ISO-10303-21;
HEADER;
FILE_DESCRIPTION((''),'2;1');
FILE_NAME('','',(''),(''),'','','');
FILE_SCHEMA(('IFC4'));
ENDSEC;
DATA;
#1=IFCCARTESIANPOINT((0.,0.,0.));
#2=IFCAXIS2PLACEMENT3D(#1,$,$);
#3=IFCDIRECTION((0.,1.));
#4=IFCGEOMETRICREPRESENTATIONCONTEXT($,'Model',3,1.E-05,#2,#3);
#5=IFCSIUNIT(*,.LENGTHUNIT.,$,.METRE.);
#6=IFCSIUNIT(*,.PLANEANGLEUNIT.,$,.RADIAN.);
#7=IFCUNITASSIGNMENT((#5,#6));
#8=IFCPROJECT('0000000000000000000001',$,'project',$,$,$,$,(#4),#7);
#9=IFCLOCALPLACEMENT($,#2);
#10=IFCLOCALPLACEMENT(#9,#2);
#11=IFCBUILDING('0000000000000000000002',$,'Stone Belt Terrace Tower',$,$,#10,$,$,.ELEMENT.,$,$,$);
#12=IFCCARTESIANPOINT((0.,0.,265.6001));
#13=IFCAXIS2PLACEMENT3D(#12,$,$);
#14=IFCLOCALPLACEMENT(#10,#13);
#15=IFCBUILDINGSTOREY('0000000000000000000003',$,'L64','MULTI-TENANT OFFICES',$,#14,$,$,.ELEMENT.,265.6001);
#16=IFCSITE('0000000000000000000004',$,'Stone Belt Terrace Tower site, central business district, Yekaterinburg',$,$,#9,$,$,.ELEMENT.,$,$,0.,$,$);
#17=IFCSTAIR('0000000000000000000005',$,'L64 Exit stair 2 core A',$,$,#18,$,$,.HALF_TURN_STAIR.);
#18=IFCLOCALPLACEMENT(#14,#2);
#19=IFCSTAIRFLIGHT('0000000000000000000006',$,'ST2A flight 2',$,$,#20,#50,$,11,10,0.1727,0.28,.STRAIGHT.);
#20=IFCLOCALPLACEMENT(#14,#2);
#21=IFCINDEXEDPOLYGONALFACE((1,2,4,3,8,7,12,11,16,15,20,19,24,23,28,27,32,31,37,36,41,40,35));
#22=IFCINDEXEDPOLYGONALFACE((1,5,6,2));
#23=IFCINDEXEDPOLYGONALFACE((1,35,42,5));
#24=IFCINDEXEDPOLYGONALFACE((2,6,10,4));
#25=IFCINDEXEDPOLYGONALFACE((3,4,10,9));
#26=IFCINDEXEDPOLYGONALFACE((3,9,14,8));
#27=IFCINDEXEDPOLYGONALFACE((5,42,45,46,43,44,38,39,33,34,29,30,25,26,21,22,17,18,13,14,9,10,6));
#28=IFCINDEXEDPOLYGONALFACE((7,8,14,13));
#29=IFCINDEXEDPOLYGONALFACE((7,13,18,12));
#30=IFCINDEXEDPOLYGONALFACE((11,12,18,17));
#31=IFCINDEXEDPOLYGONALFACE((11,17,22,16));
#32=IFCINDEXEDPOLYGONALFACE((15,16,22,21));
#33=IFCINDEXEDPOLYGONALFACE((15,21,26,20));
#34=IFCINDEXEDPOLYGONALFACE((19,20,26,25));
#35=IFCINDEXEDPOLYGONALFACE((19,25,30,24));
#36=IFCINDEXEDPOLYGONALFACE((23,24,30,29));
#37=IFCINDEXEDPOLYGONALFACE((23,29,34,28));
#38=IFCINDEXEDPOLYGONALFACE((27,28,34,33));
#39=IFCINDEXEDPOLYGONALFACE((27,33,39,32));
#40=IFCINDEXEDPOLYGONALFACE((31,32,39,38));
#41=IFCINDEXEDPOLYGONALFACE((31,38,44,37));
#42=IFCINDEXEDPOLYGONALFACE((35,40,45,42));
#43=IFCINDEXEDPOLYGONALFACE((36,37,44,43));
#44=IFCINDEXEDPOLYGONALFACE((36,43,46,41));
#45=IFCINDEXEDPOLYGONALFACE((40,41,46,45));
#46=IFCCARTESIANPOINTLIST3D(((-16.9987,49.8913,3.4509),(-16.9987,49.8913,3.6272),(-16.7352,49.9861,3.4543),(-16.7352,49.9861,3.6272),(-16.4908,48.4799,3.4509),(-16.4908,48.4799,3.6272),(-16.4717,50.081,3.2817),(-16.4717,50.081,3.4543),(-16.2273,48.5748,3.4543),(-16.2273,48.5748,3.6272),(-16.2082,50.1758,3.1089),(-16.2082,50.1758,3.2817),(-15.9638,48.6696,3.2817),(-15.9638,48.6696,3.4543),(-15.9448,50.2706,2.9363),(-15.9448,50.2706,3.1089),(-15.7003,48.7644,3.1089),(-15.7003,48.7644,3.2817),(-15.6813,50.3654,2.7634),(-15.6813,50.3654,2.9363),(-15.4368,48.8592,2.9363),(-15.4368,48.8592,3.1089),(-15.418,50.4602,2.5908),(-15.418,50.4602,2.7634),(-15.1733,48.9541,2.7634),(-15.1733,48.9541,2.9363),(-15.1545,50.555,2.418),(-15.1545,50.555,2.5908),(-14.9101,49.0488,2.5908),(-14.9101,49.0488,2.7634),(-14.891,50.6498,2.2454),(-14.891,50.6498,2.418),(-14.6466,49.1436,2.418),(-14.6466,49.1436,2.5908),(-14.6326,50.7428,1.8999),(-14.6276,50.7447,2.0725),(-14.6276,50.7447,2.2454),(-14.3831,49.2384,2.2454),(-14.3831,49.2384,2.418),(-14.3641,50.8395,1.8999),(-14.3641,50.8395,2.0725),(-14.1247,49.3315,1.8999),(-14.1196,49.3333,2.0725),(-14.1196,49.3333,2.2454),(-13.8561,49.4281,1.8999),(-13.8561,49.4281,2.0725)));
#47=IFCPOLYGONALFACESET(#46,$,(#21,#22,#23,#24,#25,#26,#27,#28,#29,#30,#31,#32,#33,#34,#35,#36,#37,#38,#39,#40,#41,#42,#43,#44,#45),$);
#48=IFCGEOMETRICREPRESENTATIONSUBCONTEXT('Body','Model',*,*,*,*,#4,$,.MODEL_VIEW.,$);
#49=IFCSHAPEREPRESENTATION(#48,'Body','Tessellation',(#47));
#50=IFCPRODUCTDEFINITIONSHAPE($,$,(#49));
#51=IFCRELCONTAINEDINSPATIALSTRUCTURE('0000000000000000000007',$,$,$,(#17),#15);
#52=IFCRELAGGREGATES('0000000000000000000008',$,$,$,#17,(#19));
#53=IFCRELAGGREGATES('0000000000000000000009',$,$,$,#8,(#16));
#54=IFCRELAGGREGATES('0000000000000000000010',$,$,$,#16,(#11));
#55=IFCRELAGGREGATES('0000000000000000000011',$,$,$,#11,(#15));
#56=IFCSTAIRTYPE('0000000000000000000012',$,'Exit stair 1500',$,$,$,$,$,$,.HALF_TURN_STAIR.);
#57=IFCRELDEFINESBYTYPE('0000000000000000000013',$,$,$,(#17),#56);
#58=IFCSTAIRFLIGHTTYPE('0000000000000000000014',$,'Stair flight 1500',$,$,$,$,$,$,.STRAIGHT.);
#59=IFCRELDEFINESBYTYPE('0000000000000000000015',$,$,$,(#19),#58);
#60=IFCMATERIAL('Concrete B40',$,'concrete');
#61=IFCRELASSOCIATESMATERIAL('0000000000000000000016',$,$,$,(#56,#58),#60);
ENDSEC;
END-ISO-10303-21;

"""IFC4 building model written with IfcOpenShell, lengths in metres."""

from ifc_helpers import new_model, si_unit, direction, frame, origin, place, context, subcontext, project, spatial, polyline, outline, extrude, material, type_object, element, aggregate, save


model = new_model("IFC4")

# Units and contexts
model_context = context("Model", 3, precision=1e-05, world=origin(), true_north=direction((0.0, 1.0)))
body_context = subcontext(model_context, "Body", "Model", "MODEL_VIEW")
ifc_project = project(units=[si_unit("LENGTHUNIT", "METRE"), si_unit("PLANEANGLEUNIT", "RADIAN")], contexts=[model_context])

# Site, building, storey
site_placement = place(None, origin())
site = spatial("IfcSite", under=ifc_project, at=site_placement, Name="Stone Belt Terrace Tower site, central business district, Yekaterinburg", CompositionType="ELEMENT", RefElevation=0.0)
building_placement = place(site_placement, origin())
building = spatial("IfcBuilding", under=site, at=building_placement, Name="Stone Belt Terrace Tower", CompositionType="ELEMENT")
storey_placement = place(building_placement, frame((0.0, 0.0, 265.6001)))
storey = spatial("IfcBuildingStorey", under=building, at=storey_placement, Name="L64", Description="MULTI-TENANT OFFICES", CompositionType="ELEMENT", Elevation=265.6001)

# Stair, stair flight
ifc_material_1 = material(Name="Concrete B40", Category="concrete")
stair_type = type_object("IfcStairType", Name="Exit stair 1500", PredefinedType="HALF_TURN_STAIR", material=ifc_material_1)
stair_placement = place(storey_placement, origin())
stair = element("IfcStair", 1, at=stair_placement, inside=storey, type_object=stair_type, Name="L64 Exit stair 2 core A", PredefinedType="HALF_TURN_STAIR")
stair_flight_type = type_object("IfcStairFlightType", Name="Stair flight 1500", PredefinedType="STRAIGHT", material=ifc_material_1)
stair_flight_1_placement = place(storey_placement, frame((-14.1101, 50.1338, 1.8999), z_axis=(0.0, 0.0, 1.0), x_axis=(-0.940922, -0.338624, 0.0)))
stair_flight_1 = element("IfcStairFlight", 2, at=stair_flight_1_placement, type_object=stair_flight_type, Name="ST2A flight 2", NumberOfRisers=11, NumberOfTreads=10, PredefinedType="STRAIGHT", RiserHeight=0.1727, TreadLength=0.28, context=body_context, shape_type="SweptSolid", body=[
    extrude(outline(polyline([(0.0, 0.0), (0.0, 0.1726), (0.28, 0.1726), (0.28, 0.3455), (0.5601, 0.3455), (0.5601, 0.5181), (0.8401, 0.5181), (0.8401, 0.6909), (1.1201, 0.6909), (1.1201, 0.8635), (1.3999, 0.8635), (1.3999, 1.0364), (1.6799, 1.0364), (1.6799, 1.209), (1.96, 1.209), (1.96, 1.3818), (2.24, 1.3818), (2.24, 1.5544), (2.52, 1.5544), (2.52, 1.7273), (2.8, 1.7273), (2.8, 1.8999), (2.8, 1.551), (0.2854, 0.0), (0.0, 0.0)])), frame((0.0, 0.75, 0.0), z_axis=(0.0, -1.0, 0.0), x_axis=(1.0, 0.0, 0.0)), (0.0, 0.0, 1.0), 1.5),
])
aggregate(stair, [stair_flight_1])

save(model, "model.ifc")
